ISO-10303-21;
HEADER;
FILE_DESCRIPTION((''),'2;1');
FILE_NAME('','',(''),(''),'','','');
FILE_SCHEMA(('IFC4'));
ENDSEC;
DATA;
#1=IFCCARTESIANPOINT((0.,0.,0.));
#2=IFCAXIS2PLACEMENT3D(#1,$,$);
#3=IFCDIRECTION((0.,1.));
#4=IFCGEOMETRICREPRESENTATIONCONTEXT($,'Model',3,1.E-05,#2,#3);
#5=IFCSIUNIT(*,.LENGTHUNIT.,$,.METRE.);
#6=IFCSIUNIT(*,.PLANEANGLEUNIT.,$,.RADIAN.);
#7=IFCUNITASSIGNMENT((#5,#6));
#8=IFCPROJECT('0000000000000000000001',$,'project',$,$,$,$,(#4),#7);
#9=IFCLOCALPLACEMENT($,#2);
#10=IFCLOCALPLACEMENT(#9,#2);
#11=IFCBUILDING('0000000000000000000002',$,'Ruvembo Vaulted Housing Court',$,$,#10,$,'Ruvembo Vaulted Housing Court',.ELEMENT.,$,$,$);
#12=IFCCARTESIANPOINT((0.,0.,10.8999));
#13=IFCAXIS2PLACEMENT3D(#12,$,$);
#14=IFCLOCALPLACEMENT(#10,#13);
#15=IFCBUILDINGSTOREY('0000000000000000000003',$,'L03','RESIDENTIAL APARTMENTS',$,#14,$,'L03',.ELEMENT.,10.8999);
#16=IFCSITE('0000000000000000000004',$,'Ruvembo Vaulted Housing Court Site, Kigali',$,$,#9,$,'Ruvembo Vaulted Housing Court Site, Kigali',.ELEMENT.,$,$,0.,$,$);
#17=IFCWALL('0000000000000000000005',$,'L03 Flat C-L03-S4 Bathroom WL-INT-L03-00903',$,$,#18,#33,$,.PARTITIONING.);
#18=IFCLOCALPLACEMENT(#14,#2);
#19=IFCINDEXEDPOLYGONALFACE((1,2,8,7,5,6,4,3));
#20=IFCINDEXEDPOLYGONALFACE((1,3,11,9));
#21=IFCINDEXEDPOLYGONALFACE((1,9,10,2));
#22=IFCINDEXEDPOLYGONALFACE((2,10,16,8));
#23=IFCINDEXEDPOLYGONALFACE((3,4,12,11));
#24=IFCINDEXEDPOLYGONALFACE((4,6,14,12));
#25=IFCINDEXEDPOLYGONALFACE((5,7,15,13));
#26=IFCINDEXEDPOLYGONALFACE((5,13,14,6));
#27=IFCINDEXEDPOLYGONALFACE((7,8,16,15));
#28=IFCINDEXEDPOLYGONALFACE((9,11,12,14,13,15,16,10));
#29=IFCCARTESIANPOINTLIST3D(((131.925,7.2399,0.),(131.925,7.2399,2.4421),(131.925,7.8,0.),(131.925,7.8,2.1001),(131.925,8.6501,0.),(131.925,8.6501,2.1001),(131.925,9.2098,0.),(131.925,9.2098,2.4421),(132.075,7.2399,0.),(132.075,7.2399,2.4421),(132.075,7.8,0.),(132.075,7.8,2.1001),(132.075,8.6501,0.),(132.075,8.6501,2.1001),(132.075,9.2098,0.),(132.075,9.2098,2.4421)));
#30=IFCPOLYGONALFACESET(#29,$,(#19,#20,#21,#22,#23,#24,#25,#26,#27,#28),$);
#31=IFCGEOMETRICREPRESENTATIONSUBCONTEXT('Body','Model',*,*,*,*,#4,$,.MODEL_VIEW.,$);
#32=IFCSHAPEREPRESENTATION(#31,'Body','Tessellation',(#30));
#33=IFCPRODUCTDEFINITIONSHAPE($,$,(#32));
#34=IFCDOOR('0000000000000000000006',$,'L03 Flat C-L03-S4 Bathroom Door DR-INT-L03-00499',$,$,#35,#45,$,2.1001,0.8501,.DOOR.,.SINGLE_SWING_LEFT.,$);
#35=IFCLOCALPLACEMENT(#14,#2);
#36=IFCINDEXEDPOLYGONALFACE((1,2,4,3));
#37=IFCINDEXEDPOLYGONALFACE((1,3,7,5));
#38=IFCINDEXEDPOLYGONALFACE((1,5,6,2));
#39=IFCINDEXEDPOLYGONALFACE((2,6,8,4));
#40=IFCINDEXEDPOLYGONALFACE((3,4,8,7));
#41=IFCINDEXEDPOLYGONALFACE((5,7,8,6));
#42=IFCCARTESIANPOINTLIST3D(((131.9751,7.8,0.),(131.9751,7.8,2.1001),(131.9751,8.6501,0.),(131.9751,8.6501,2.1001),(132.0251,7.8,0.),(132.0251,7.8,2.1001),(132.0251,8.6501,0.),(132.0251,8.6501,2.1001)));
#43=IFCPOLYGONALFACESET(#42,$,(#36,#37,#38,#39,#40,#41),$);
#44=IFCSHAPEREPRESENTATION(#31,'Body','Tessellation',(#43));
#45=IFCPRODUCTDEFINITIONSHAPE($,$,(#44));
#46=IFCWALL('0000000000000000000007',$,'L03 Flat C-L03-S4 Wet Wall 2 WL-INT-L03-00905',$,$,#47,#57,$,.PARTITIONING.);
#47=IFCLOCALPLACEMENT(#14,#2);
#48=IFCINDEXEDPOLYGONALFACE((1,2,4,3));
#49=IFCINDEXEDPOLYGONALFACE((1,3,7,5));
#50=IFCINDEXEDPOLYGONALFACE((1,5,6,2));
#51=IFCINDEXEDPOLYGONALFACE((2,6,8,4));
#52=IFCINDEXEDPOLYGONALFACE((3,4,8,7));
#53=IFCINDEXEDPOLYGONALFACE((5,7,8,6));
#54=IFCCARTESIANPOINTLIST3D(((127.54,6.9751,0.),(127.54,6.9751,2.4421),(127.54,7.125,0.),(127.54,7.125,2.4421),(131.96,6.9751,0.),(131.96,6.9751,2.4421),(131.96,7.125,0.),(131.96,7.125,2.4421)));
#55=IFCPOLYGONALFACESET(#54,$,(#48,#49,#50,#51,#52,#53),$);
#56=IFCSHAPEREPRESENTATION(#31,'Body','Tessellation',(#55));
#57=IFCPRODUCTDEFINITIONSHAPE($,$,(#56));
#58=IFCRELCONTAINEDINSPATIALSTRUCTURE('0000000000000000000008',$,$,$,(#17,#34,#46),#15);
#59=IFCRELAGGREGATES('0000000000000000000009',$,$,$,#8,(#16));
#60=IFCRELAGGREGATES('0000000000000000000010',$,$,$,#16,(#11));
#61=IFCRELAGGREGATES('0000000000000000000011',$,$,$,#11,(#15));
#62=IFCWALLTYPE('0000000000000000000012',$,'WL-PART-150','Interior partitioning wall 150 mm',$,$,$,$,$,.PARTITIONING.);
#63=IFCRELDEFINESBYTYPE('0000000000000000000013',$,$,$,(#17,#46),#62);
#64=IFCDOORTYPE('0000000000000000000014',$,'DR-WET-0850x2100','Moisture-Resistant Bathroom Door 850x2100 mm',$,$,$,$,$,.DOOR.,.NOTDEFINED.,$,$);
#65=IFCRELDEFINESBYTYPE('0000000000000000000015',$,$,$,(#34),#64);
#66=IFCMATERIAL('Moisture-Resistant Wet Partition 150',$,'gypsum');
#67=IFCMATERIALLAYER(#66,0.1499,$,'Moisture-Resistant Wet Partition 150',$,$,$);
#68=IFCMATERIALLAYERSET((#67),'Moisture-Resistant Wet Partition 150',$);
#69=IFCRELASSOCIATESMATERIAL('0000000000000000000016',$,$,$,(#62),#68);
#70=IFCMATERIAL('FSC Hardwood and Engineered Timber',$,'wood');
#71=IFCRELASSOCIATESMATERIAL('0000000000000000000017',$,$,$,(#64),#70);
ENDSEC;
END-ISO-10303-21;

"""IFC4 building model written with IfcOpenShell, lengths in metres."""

from ifc_helpers import new_model, si_unit, direction, frame, frame_2d, origin, place, context, subcontext, project, spatial, rectangle, extrude, material, layer, layer_set, type_object, element, fill, save


model = new_model("IFC4")

# Units and contexts
model_context = context("Model", 3, precision=1e-05, world=origin(), true_north=direction((0.0, 1.0)))
body_context = subcontext(model_context, "Body", "Model", "MODEL_VIEW")
ifc_project = project(units=[si_unit("LENGTHUNIT", "METRE"), si_unit("PLANEANGLEUNIT", "RADIAN")], contexts=[model_context])

# Site, building, storey
site_placement = place(None, origin())
site = spatial("IfcSite", under=ifc_project, at=site_placement, Name="Ruvembo Vaulted Housing Court Site, Kigali", LongName="Ruvembo Vaulted Housing Court Site, Kigali", CompositionType="ELEMENT", RefElevation=0.0)
building_placement = place(site_placement, origin())
building = spatial("IfcBuilding", under=site, at=building_placement, Name="Ruvembo Vaulted Housing Court", LongName="Ruvembo Vaulted Housing Court", CompositionType="ELEMENT")
storey_placement = place(building_placement, frame((0.0, 0.0, 10.8999)))
storey = spatial("IfcBuildingStorey", under=building, at=storey_placement, Name="L03", Description="RESIDENTIAL APARTMENTS", LongName="L03", CompositionType="ELEMENT", Elevation=10.8999)

# Shared definitions
ifc_material_1 = material(Name="FSC Hardwood and Engineered Timber", Category="wood")

# Wall, opening, door
ifc_material_2 = material(Name="Moisture-Resistant Wet Partition 150", Category="gypsum")
ifc_layer_1 = layer(ifc_material_2, 0.1499, Name="Moisture-Resistant Wet Partition 150")
ifc_layer_set_1 = layer_set([ifc_layer_1], Name="Moisture-Resistant Wet Partition 150")
wall_type_1 = type_object("IfcWallType", Name="WL-PART-150", Description="Interior partitioning wall 150 mm", PredefinedType="PARTITIONING", material=ifc_layer_set_1)
wall_1_placement = place(storey_placement, frame((132.0, 7.24, 0.0), z_axis=(0.0, 0.0, 1.0), x_axis=(0.0, 1.0, 0.0)))
wall_1 = element("IfcWall", 1, at=wall_1_placement, inside=storey, type_object=wall_type_1, Name="L03 Flat C-L03-S4 Bathroom WL-INT-L03-00903", PredefinedType="PARTITIONING", context=body_context, shape_type="SweptSolid", body=[
    extrude(rectangle(XDim=1.97, YDim=0.1499, at=frame_2d((0.9849, 0.0))), origin(), (0.0, 0.0, 1.0), 2.4421),
])
opening_1_placement = place(wall_1_placement, frame((0.5601, 0.0, 0.0)))
opening_1 = element("IfcOpeningElement", 2, at=opening_1_placement, cuts=wall_1, PredefinedType="OPENING", context=body_context, shape_type="SweptSolid", body=[
    extrude(rectangle(XDim=0.8501, YDim=2.1001, at=frame_2d((0.425, 1.05))), frame((0.0, 0.085, 0.0), z_axis=(0.0, -1.0, 0.0), x_axis=(1.0, 0.0, 0.0)), (0.0, 0.0, 1.0), 0.1699),
])
door_type_1 = type_object("IfcDoorType", Name="DR-WET-0850x2100", Description="Moisture-Resistant Bathroom Door 850x2100 mm", OperationType="NOTDEFINED", PredefinedType="DOOR", material=ifc_material_1)
door_1_placement = place(opening_1_placement, origin())
door_1 = element("IfcDoor", 3, at=door_1_placement, inside=storey, type_object=door_type_1, Name="L03 Flat C-L03-S4 Bathroom Door DR-INT-L03-00499", OperationType="SINGLE_SWING_LEFT", OverallHeight=2.1001, OverallWidth=0.8501, PredefinedType="DOOR", context=body_context, shape_type="SweptSolid", body=[
    extrude(rectangle(XDim=0.8501, YDim=2.1001, at=frame_2d((0.425, 1.05))), frame((0.0, 0.0249, 0.0), z_axis=(0.0, -1.0, 0.0), x_axis=(1.0, 0.0, 0.0)), (0.0, 0.0, 1.0), 0.05),
])
fill(opening_1, door_1)

# Wall
wall_2_placement = place(storey_placement, frame((127.54, 7.05, 0.0), z_axis=(0.0, 0.0, 1.0), x_axis=(1.0, 0.0, 0.0)))
element("IfcWall", 4, at=wall_2_placement, inside=storey, type_object=wall_type_1, Name="L03 Flat C-L03-S4 Wet Wall 2 WL-INT-L03-00905", PredefinedType="PARTITIONING", context=body_context, shape_type="SweptSolid", body=[
    extrude(rectangle(XDim=4.4199, YDim=0.1499, at=frame_2d((2.21, 0.0))), origin(), (0.0, 0.0, 1.0), 2.4421),
])

save(model, "model.ifc")
